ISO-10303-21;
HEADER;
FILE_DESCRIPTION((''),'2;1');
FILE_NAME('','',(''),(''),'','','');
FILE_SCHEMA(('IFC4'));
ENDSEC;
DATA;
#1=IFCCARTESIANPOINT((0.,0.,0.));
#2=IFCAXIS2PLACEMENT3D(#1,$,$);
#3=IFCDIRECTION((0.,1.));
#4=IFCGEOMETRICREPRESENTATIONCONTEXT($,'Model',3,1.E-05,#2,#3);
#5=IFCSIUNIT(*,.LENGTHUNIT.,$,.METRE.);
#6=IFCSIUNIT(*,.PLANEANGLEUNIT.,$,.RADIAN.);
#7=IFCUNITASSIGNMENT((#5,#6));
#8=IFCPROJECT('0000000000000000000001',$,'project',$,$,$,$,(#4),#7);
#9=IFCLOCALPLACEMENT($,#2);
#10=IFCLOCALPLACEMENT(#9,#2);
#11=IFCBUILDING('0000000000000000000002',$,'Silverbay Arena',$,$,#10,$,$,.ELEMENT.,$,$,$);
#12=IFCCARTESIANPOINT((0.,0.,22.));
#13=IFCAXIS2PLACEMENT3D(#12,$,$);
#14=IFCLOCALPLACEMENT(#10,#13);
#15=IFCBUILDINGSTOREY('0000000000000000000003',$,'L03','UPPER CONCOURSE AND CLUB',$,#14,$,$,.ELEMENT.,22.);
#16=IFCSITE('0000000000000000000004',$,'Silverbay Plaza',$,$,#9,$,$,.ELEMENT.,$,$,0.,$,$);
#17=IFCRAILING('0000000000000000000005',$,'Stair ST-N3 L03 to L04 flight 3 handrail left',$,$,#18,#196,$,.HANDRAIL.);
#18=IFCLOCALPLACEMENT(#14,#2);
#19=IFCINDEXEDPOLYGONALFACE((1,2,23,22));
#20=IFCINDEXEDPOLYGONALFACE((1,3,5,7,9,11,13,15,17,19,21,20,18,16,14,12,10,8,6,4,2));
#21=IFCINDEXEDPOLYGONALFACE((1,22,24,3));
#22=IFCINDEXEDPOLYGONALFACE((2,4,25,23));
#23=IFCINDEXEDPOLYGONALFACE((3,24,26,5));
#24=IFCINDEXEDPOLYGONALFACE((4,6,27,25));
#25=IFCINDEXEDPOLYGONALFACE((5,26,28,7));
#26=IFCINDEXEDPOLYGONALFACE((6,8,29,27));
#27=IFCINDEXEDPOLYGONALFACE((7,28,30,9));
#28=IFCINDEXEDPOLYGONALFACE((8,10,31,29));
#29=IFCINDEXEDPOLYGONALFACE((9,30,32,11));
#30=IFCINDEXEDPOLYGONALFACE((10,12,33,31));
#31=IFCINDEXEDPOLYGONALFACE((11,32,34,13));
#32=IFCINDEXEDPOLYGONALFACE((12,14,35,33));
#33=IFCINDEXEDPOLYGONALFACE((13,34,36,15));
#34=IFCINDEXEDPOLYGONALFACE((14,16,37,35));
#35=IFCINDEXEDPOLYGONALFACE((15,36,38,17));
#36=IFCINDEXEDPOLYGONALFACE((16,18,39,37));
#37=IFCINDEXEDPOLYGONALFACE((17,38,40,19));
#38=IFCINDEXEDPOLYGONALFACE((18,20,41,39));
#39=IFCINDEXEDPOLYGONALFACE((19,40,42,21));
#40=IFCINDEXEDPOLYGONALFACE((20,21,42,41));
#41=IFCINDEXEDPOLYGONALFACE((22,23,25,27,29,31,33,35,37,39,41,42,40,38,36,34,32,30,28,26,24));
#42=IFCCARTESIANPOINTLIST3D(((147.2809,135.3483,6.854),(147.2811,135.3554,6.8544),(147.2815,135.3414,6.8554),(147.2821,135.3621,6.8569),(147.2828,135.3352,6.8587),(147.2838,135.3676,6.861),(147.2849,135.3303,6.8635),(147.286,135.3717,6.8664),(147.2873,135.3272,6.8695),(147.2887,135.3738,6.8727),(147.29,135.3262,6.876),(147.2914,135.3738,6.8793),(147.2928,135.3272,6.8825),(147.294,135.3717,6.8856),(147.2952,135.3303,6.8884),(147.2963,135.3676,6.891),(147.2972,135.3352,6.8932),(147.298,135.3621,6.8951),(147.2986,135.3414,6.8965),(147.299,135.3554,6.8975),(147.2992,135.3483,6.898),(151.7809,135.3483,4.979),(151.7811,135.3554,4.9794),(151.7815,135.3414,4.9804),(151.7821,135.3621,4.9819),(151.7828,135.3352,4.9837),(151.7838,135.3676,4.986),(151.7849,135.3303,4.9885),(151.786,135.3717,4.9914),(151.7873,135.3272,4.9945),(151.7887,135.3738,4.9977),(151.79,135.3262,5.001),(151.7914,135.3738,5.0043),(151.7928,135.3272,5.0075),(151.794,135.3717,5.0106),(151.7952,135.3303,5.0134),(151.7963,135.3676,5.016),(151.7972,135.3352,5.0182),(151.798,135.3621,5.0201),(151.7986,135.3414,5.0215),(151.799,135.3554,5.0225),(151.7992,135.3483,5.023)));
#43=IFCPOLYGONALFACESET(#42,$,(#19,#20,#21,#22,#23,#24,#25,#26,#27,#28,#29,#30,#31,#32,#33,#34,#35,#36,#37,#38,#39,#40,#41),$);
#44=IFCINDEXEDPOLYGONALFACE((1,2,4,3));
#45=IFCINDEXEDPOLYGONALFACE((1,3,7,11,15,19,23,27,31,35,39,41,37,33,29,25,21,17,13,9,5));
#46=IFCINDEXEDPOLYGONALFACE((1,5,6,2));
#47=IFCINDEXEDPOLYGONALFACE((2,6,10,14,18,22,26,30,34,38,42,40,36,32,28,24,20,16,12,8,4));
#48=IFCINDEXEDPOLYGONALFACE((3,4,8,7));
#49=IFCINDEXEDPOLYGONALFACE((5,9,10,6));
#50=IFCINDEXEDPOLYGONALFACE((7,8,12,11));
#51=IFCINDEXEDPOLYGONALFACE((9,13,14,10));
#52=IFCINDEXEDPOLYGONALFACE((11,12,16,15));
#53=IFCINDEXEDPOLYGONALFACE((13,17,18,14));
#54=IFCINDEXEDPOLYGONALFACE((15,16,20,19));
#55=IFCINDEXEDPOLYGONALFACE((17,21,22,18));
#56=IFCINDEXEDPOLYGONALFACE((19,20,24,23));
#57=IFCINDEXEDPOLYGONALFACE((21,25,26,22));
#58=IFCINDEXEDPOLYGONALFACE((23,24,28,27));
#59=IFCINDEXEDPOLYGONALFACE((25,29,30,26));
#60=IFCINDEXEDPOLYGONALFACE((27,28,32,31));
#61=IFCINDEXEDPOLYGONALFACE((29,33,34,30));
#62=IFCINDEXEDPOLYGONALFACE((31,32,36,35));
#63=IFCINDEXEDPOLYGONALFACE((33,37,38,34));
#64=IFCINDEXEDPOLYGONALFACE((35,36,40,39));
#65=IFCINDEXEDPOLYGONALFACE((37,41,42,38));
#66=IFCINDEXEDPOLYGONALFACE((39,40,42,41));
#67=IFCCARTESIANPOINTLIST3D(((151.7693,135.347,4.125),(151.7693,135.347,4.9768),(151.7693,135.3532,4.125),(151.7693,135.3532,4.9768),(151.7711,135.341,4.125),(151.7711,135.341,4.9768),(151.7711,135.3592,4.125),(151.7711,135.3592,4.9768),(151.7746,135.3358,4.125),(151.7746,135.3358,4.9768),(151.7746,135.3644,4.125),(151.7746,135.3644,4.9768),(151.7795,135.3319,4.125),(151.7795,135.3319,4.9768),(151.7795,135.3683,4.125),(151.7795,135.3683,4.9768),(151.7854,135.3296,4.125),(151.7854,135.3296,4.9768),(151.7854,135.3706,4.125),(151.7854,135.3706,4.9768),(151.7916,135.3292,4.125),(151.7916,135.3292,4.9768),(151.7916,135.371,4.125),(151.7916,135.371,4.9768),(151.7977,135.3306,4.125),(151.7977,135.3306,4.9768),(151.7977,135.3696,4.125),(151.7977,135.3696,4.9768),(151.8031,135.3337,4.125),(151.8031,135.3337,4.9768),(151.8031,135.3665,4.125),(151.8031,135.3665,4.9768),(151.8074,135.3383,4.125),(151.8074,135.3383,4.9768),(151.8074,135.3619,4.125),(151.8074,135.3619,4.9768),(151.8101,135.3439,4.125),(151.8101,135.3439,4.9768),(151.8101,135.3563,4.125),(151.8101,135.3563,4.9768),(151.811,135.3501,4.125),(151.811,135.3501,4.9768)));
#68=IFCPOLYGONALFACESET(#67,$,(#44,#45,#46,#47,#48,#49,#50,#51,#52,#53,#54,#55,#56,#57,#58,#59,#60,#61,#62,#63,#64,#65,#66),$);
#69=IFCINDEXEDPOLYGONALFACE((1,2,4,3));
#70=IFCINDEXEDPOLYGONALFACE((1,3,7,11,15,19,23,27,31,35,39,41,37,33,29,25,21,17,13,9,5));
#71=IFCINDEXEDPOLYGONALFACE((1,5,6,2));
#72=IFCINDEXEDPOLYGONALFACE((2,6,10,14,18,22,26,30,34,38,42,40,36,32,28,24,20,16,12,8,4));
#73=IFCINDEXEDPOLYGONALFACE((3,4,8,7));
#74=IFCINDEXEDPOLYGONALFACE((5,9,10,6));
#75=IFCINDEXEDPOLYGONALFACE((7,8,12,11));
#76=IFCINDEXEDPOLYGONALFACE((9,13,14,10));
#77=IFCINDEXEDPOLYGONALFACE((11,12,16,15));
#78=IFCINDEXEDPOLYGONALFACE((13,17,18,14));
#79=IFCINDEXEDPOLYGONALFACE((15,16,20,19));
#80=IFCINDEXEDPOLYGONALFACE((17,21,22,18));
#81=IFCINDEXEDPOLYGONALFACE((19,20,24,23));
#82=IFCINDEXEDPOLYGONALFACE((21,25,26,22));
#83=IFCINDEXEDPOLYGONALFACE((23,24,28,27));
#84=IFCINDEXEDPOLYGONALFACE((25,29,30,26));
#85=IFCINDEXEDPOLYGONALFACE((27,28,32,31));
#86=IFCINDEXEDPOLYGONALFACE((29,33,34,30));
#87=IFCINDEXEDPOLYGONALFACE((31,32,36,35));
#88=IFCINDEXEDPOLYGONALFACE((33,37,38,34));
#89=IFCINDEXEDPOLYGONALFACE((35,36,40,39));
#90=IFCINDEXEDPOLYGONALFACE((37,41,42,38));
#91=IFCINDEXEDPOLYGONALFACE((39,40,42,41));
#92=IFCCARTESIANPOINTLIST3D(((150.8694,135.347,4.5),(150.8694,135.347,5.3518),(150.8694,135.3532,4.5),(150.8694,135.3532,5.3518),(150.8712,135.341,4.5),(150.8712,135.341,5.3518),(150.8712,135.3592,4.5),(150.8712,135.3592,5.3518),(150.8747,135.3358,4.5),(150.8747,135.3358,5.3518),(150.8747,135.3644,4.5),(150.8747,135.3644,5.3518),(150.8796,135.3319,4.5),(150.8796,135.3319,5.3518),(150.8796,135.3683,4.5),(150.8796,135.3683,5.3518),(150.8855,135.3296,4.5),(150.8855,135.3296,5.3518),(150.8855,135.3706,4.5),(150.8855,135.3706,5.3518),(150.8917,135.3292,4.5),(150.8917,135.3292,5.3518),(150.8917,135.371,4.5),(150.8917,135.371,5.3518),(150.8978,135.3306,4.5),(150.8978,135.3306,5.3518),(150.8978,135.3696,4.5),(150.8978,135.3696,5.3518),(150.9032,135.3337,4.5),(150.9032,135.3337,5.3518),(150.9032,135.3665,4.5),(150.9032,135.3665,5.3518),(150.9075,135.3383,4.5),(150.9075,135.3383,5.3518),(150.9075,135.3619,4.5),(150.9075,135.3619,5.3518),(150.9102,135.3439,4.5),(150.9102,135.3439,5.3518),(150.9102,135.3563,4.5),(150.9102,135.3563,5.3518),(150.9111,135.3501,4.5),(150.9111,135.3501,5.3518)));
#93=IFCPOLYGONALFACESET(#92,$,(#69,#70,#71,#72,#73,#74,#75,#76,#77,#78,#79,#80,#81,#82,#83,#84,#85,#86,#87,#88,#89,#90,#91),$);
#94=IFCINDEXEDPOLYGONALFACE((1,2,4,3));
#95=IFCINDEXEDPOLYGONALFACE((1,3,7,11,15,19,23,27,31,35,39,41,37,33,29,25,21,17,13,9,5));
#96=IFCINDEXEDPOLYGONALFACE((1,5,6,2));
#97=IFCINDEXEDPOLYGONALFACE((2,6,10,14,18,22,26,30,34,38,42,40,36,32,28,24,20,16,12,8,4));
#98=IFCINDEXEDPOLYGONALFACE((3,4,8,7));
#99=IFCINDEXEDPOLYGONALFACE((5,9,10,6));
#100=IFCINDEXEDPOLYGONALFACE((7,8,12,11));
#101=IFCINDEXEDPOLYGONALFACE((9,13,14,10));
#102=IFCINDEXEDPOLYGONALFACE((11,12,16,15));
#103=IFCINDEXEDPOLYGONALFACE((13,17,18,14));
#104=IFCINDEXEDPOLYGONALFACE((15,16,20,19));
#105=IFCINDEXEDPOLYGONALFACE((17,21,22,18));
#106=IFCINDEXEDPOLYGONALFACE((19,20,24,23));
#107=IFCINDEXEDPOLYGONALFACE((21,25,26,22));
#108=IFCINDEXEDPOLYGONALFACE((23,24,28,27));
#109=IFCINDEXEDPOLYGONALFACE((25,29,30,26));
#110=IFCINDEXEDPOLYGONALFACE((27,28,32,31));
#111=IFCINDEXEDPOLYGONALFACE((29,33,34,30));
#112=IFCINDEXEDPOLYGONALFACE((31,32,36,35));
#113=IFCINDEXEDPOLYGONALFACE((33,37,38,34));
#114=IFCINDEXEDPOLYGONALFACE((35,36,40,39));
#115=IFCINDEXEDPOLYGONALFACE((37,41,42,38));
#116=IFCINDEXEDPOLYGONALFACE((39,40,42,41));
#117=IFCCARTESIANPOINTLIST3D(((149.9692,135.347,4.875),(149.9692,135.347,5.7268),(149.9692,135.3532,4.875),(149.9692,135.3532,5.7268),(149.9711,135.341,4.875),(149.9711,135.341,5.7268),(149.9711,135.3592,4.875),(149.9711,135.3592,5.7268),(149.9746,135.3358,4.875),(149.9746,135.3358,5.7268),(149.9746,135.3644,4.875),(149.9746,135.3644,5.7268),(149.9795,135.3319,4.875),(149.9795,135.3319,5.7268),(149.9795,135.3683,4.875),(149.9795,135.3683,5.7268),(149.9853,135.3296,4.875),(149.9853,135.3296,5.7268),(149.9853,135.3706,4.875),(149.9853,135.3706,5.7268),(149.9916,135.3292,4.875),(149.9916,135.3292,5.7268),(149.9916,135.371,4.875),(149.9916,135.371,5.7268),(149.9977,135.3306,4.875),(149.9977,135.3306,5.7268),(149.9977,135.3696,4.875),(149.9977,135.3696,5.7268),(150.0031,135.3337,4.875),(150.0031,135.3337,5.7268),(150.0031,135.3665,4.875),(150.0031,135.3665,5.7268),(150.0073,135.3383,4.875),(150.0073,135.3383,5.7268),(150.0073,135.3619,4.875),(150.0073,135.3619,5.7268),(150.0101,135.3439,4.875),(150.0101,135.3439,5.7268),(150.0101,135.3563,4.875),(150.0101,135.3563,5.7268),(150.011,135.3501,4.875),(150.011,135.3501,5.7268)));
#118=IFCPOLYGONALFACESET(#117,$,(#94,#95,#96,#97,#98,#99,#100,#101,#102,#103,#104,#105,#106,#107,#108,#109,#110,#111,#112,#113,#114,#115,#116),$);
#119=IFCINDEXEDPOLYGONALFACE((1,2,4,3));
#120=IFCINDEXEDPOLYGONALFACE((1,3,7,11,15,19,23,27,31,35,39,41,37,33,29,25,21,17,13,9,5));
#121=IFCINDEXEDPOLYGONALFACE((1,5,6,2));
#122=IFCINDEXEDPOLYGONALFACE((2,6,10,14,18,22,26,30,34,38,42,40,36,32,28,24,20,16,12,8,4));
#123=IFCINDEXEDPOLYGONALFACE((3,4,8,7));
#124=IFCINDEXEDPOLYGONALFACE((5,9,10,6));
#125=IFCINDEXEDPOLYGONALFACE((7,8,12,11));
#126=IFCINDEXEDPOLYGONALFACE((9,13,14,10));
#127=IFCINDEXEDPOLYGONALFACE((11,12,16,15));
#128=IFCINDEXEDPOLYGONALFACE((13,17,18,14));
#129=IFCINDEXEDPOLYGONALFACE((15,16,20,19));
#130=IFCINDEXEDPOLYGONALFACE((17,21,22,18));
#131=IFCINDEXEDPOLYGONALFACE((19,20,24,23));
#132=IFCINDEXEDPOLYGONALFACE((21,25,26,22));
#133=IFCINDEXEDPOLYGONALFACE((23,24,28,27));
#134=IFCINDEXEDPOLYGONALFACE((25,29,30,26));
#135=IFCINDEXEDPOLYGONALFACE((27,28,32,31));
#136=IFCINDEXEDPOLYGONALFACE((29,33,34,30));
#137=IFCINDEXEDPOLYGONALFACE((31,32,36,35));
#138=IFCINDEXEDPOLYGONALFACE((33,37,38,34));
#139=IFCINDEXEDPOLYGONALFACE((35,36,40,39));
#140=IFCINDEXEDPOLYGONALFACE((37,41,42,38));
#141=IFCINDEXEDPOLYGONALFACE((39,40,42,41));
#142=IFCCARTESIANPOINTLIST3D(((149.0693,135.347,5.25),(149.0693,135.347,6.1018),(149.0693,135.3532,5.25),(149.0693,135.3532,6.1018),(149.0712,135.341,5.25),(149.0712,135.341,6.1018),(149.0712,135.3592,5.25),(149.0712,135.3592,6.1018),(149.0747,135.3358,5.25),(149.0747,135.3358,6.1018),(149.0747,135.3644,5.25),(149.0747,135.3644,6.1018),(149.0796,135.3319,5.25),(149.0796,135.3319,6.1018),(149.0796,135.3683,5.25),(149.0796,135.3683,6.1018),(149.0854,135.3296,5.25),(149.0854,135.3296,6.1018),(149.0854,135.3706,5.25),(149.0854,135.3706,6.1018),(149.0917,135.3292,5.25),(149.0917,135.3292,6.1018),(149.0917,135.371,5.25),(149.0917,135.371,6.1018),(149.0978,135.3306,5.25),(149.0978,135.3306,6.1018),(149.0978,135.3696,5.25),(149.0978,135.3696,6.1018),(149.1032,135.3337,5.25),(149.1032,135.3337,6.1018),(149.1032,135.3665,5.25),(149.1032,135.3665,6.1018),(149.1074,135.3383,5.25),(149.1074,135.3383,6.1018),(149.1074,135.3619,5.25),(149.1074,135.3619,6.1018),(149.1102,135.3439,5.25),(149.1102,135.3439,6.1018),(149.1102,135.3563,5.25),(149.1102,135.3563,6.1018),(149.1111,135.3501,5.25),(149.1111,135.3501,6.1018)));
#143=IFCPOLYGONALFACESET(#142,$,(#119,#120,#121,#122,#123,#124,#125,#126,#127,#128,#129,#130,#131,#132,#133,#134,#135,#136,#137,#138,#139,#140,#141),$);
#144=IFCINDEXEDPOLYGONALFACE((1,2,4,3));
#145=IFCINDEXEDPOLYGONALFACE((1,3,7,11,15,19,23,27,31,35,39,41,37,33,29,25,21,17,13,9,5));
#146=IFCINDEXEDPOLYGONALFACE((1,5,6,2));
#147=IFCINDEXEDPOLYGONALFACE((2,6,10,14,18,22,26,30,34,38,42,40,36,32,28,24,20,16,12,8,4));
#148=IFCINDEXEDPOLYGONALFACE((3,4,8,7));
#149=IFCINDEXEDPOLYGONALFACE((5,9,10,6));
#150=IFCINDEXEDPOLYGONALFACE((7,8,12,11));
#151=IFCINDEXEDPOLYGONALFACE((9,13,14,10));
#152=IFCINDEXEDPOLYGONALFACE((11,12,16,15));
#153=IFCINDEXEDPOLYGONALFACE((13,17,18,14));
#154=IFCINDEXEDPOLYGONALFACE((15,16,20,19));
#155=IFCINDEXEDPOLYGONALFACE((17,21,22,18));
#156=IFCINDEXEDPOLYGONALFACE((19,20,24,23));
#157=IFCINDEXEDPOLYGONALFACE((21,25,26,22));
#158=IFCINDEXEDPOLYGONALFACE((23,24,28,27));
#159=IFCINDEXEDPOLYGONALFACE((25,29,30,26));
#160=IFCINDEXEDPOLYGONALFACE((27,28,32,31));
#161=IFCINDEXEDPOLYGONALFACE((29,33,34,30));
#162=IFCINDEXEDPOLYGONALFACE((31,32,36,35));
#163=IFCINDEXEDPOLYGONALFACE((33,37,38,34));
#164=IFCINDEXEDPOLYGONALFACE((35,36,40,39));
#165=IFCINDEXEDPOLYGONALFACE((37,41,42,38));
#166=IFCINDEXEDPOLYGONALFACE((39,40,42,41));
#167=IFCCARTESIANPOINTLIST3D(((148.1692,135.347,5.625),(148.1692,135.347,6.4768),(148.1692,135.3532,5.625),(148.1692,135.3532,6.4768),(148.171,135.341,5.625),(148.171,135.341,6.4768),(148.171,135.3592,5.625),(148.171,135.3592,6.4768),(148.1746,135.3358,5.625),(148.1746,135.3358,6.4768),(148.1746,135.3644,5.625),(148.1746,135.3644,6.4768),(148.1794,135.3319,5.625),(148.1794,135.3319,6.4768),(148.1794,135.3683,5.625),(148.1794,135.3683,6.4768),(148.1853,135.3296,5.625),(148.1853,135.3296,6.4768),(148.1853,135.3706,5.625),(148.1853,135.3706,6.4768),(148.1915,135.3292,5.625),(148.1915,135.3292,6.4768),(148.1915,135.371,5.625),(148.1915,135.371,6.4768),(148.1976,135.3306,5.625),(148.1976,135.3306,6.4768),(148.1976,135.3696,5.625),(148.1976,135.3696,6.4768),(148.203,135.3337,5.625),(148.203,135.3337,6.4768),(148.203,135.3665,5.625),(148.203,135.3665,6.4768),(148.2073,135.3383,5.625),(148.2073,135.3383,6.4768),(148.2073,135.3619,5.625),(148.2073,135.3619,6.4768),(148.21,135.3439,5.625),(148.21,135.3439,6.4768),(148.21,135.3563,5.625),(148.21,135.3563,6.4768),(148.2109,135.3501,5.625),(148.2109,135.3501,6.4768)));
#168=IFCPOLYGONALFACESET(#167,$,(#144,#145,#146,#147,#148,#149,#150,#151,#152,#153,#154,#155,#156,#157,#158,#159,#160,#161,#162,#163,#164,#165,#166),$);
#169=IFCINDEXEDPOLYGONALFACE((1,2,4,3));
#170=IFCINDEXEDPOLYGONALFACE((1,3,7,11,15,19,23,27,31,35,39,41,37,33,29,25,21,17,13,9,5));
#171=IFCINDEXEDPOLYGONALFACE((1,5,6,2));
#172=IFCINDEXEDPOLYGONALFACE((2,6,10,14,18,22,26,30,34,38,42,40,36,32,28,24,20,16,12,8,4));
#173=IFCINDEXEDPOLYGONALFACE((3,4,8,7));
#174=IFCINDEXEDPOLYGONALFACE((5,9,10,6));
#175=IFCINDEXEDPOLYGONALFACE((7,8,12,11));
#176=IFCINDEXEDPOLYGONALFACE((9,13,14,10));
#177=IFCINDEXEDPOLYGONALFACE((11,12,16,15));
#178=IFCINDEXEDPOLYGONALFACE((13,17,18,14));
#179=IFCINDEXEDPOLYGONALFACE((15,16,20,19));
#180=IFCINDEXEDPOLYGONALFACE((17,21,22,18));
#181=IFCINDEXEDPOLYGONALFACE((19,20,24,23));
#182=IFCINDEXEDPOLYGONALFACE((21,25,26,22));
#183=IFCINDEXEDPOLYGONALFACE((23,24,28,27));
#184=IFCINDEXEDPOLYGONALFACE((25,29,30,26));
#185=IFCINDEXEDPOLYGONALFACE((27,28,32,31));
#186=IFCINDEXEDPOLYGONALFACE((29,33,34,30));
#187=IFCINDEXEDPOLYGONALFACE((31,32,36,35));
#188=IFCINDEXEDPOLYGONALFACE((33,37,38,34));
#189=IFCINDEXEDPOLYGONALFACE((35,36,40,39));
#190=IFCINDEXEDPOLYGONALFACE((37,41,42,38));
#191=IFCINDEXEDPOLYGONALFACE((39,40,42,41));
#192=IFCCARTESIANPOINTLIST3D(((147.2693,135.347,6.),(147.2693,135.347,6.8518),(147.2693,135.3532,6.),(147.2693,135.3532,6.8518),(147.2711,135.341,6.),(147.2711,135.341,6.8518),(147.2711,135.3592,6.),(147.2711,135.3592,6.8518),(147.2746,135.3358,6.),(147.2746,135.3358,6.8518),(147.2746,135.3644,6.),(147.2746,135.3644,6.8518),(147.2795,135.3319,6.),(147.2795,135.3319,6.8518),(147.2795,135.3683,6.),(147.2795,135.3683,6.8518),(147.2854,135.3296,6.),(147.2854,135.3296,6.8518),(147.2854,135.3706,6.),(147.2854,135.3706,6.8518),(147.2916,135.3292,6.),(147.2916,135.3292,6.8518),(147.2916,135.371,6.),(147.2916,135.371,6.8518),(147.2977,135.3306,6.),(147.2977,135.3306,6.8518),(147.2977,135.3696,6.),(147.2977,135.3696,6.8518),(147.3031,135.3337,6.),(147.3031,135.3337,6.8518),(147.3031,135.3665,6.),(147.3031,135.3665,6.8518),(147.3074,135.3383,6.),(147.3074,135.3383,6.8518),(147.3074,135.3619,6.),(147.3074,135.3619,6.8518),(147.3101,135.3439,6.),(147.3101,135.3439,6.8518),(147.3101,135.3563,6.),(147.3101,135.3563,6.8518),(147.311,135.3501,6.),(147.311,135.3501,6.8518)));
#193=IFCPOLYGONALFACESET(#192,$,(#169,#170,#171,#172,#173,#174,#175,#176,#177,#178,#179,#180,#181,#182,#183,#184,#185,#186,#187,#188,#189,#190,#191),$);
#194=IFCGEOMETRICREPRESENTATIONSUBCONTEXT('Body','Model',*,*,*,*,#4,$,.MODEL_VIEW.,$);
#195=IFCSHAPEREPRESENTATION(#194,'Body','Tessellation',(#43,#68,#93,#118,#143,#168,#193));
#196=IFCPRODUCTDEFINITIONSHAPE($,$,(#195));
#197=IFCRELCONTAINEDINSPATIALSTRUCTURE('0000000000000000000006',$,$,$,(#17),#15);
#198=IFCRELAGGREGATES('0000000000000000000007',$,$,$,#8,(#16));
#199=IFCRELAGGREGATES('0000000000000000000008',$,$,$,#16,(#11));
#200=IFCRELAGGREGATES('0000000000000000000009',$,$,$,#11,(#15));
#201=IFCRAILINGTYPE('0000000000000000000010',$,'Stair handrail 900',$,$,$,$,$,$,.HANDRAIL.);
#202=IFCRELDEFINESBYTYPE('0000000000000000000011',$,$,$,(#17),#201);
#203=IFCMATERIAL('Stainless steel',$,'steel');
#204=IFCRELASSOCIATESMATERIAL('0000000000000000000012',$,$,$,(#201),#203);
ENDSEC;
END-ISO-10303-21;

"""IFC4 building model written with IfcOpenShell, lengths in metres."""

from ifc_helpers import new_model, si_unit, direction, frame, origin, origin_2d, place, context, subcontext, project, spatial, circle, extrude, material, type_object, element, save


model = new_model("IFC4")

# Units and contexts
model_context = context("Model", 3, precision=1e-05, world=origin(), true_north=direction((0.0, 1.0)))
body_context = subcontext(model_context, "Body", "Model", "MODEL_VIEW")
ifc_project = project(units=[si_unit("LENGTHUNIT", "METRE"), si_unit("PLANEANGLEUNIT", "RADIAN")], contexts=[model_context])

# Site, building, storey
site_placement = place(None, origin())
site = spatial("IfcSite", under=ifc_project, at=site_placement, Name="Silverbay Plaza", CompositionType="ELEMENT", RefElevation=0.0)
building_placement = place(site_placement, origin())
building = spatial("IfcBuilding", under=site, at=building_placement, Name="Silverbay Arena", CompositionType="ELEMENT")
storey_placement = place(building_placement, frame((0.0, 0.0, 22.0)))
storey = spatial("IfcBuildingStorey", under=building, at=storey_placement, Name="L03", Description="UPPER CONCOURSE AND CLUB", CompositionType="ELEMENT", Elevation=22.0)

# Railing
ifc_material_1 = material(Name="Stainless steel", Category="steel")
railing_type = type_object("IfcRailingType", Name="Stair handrail 900", PredefinedType="HANDRAIL", material=ifc_material_1)
railing_1_placement = place(storey_placement, frame((151.79, 135.3501, 4.125)))
element("IfcRailing", 1, at=railing_1_placement, inside=storey, type_object=railing_type, Name="Stair ST-N3 L03 to L04 flight 3 handrail left", PredefinedType="HANDRAIL", context=body_context, shape_type="SweptSolid", body=[
    extrude(circle(Radius=0.0239, at=origin_2d()), frame((0.0, 0.0, 0.876), z_axis=(-0.923077, 0.0, 0.384615), x_axis=(0.0, -1.0, 0.0)), (0.0, 0.0, 1.0), 4.875),
    extrude(circle(Radius=0.021, at=origin_2d()), origin(), (0.0, 0.0, 1.0), 0.8518),
    extrude(circle(Radius=0.021, at=origin_2d()), frame((-0.8999, 0.0, 0.375)), (0.0, 0.0, 1.0), 0.8518),
    extrude(circle(Radius=0.021, at=origin_2d()), frame((-1.8, 0.0, 0.75)), (0.0, 0.0, 1.0), 0.8518),
    extrude(circle(Radius=0.021, at=origin_2d()), frame((-2.7, 0.0, 1.125)), (0.0, 0.0, 1.0), 0.8518),
    extrude(circle(Radius=0.021, at=origin_2d()), frame((-3.6001, 0.0, 1.5)), (0.0, 0.0, 1.0), 0.8518),
    extrude(circle(Radius=0.021, at=origin_2d()), frame((-4.5, 0.0, 1.875)), (0.0, 0.0, 1.0), 0.8518),
])

save(model, "model.ifc")
